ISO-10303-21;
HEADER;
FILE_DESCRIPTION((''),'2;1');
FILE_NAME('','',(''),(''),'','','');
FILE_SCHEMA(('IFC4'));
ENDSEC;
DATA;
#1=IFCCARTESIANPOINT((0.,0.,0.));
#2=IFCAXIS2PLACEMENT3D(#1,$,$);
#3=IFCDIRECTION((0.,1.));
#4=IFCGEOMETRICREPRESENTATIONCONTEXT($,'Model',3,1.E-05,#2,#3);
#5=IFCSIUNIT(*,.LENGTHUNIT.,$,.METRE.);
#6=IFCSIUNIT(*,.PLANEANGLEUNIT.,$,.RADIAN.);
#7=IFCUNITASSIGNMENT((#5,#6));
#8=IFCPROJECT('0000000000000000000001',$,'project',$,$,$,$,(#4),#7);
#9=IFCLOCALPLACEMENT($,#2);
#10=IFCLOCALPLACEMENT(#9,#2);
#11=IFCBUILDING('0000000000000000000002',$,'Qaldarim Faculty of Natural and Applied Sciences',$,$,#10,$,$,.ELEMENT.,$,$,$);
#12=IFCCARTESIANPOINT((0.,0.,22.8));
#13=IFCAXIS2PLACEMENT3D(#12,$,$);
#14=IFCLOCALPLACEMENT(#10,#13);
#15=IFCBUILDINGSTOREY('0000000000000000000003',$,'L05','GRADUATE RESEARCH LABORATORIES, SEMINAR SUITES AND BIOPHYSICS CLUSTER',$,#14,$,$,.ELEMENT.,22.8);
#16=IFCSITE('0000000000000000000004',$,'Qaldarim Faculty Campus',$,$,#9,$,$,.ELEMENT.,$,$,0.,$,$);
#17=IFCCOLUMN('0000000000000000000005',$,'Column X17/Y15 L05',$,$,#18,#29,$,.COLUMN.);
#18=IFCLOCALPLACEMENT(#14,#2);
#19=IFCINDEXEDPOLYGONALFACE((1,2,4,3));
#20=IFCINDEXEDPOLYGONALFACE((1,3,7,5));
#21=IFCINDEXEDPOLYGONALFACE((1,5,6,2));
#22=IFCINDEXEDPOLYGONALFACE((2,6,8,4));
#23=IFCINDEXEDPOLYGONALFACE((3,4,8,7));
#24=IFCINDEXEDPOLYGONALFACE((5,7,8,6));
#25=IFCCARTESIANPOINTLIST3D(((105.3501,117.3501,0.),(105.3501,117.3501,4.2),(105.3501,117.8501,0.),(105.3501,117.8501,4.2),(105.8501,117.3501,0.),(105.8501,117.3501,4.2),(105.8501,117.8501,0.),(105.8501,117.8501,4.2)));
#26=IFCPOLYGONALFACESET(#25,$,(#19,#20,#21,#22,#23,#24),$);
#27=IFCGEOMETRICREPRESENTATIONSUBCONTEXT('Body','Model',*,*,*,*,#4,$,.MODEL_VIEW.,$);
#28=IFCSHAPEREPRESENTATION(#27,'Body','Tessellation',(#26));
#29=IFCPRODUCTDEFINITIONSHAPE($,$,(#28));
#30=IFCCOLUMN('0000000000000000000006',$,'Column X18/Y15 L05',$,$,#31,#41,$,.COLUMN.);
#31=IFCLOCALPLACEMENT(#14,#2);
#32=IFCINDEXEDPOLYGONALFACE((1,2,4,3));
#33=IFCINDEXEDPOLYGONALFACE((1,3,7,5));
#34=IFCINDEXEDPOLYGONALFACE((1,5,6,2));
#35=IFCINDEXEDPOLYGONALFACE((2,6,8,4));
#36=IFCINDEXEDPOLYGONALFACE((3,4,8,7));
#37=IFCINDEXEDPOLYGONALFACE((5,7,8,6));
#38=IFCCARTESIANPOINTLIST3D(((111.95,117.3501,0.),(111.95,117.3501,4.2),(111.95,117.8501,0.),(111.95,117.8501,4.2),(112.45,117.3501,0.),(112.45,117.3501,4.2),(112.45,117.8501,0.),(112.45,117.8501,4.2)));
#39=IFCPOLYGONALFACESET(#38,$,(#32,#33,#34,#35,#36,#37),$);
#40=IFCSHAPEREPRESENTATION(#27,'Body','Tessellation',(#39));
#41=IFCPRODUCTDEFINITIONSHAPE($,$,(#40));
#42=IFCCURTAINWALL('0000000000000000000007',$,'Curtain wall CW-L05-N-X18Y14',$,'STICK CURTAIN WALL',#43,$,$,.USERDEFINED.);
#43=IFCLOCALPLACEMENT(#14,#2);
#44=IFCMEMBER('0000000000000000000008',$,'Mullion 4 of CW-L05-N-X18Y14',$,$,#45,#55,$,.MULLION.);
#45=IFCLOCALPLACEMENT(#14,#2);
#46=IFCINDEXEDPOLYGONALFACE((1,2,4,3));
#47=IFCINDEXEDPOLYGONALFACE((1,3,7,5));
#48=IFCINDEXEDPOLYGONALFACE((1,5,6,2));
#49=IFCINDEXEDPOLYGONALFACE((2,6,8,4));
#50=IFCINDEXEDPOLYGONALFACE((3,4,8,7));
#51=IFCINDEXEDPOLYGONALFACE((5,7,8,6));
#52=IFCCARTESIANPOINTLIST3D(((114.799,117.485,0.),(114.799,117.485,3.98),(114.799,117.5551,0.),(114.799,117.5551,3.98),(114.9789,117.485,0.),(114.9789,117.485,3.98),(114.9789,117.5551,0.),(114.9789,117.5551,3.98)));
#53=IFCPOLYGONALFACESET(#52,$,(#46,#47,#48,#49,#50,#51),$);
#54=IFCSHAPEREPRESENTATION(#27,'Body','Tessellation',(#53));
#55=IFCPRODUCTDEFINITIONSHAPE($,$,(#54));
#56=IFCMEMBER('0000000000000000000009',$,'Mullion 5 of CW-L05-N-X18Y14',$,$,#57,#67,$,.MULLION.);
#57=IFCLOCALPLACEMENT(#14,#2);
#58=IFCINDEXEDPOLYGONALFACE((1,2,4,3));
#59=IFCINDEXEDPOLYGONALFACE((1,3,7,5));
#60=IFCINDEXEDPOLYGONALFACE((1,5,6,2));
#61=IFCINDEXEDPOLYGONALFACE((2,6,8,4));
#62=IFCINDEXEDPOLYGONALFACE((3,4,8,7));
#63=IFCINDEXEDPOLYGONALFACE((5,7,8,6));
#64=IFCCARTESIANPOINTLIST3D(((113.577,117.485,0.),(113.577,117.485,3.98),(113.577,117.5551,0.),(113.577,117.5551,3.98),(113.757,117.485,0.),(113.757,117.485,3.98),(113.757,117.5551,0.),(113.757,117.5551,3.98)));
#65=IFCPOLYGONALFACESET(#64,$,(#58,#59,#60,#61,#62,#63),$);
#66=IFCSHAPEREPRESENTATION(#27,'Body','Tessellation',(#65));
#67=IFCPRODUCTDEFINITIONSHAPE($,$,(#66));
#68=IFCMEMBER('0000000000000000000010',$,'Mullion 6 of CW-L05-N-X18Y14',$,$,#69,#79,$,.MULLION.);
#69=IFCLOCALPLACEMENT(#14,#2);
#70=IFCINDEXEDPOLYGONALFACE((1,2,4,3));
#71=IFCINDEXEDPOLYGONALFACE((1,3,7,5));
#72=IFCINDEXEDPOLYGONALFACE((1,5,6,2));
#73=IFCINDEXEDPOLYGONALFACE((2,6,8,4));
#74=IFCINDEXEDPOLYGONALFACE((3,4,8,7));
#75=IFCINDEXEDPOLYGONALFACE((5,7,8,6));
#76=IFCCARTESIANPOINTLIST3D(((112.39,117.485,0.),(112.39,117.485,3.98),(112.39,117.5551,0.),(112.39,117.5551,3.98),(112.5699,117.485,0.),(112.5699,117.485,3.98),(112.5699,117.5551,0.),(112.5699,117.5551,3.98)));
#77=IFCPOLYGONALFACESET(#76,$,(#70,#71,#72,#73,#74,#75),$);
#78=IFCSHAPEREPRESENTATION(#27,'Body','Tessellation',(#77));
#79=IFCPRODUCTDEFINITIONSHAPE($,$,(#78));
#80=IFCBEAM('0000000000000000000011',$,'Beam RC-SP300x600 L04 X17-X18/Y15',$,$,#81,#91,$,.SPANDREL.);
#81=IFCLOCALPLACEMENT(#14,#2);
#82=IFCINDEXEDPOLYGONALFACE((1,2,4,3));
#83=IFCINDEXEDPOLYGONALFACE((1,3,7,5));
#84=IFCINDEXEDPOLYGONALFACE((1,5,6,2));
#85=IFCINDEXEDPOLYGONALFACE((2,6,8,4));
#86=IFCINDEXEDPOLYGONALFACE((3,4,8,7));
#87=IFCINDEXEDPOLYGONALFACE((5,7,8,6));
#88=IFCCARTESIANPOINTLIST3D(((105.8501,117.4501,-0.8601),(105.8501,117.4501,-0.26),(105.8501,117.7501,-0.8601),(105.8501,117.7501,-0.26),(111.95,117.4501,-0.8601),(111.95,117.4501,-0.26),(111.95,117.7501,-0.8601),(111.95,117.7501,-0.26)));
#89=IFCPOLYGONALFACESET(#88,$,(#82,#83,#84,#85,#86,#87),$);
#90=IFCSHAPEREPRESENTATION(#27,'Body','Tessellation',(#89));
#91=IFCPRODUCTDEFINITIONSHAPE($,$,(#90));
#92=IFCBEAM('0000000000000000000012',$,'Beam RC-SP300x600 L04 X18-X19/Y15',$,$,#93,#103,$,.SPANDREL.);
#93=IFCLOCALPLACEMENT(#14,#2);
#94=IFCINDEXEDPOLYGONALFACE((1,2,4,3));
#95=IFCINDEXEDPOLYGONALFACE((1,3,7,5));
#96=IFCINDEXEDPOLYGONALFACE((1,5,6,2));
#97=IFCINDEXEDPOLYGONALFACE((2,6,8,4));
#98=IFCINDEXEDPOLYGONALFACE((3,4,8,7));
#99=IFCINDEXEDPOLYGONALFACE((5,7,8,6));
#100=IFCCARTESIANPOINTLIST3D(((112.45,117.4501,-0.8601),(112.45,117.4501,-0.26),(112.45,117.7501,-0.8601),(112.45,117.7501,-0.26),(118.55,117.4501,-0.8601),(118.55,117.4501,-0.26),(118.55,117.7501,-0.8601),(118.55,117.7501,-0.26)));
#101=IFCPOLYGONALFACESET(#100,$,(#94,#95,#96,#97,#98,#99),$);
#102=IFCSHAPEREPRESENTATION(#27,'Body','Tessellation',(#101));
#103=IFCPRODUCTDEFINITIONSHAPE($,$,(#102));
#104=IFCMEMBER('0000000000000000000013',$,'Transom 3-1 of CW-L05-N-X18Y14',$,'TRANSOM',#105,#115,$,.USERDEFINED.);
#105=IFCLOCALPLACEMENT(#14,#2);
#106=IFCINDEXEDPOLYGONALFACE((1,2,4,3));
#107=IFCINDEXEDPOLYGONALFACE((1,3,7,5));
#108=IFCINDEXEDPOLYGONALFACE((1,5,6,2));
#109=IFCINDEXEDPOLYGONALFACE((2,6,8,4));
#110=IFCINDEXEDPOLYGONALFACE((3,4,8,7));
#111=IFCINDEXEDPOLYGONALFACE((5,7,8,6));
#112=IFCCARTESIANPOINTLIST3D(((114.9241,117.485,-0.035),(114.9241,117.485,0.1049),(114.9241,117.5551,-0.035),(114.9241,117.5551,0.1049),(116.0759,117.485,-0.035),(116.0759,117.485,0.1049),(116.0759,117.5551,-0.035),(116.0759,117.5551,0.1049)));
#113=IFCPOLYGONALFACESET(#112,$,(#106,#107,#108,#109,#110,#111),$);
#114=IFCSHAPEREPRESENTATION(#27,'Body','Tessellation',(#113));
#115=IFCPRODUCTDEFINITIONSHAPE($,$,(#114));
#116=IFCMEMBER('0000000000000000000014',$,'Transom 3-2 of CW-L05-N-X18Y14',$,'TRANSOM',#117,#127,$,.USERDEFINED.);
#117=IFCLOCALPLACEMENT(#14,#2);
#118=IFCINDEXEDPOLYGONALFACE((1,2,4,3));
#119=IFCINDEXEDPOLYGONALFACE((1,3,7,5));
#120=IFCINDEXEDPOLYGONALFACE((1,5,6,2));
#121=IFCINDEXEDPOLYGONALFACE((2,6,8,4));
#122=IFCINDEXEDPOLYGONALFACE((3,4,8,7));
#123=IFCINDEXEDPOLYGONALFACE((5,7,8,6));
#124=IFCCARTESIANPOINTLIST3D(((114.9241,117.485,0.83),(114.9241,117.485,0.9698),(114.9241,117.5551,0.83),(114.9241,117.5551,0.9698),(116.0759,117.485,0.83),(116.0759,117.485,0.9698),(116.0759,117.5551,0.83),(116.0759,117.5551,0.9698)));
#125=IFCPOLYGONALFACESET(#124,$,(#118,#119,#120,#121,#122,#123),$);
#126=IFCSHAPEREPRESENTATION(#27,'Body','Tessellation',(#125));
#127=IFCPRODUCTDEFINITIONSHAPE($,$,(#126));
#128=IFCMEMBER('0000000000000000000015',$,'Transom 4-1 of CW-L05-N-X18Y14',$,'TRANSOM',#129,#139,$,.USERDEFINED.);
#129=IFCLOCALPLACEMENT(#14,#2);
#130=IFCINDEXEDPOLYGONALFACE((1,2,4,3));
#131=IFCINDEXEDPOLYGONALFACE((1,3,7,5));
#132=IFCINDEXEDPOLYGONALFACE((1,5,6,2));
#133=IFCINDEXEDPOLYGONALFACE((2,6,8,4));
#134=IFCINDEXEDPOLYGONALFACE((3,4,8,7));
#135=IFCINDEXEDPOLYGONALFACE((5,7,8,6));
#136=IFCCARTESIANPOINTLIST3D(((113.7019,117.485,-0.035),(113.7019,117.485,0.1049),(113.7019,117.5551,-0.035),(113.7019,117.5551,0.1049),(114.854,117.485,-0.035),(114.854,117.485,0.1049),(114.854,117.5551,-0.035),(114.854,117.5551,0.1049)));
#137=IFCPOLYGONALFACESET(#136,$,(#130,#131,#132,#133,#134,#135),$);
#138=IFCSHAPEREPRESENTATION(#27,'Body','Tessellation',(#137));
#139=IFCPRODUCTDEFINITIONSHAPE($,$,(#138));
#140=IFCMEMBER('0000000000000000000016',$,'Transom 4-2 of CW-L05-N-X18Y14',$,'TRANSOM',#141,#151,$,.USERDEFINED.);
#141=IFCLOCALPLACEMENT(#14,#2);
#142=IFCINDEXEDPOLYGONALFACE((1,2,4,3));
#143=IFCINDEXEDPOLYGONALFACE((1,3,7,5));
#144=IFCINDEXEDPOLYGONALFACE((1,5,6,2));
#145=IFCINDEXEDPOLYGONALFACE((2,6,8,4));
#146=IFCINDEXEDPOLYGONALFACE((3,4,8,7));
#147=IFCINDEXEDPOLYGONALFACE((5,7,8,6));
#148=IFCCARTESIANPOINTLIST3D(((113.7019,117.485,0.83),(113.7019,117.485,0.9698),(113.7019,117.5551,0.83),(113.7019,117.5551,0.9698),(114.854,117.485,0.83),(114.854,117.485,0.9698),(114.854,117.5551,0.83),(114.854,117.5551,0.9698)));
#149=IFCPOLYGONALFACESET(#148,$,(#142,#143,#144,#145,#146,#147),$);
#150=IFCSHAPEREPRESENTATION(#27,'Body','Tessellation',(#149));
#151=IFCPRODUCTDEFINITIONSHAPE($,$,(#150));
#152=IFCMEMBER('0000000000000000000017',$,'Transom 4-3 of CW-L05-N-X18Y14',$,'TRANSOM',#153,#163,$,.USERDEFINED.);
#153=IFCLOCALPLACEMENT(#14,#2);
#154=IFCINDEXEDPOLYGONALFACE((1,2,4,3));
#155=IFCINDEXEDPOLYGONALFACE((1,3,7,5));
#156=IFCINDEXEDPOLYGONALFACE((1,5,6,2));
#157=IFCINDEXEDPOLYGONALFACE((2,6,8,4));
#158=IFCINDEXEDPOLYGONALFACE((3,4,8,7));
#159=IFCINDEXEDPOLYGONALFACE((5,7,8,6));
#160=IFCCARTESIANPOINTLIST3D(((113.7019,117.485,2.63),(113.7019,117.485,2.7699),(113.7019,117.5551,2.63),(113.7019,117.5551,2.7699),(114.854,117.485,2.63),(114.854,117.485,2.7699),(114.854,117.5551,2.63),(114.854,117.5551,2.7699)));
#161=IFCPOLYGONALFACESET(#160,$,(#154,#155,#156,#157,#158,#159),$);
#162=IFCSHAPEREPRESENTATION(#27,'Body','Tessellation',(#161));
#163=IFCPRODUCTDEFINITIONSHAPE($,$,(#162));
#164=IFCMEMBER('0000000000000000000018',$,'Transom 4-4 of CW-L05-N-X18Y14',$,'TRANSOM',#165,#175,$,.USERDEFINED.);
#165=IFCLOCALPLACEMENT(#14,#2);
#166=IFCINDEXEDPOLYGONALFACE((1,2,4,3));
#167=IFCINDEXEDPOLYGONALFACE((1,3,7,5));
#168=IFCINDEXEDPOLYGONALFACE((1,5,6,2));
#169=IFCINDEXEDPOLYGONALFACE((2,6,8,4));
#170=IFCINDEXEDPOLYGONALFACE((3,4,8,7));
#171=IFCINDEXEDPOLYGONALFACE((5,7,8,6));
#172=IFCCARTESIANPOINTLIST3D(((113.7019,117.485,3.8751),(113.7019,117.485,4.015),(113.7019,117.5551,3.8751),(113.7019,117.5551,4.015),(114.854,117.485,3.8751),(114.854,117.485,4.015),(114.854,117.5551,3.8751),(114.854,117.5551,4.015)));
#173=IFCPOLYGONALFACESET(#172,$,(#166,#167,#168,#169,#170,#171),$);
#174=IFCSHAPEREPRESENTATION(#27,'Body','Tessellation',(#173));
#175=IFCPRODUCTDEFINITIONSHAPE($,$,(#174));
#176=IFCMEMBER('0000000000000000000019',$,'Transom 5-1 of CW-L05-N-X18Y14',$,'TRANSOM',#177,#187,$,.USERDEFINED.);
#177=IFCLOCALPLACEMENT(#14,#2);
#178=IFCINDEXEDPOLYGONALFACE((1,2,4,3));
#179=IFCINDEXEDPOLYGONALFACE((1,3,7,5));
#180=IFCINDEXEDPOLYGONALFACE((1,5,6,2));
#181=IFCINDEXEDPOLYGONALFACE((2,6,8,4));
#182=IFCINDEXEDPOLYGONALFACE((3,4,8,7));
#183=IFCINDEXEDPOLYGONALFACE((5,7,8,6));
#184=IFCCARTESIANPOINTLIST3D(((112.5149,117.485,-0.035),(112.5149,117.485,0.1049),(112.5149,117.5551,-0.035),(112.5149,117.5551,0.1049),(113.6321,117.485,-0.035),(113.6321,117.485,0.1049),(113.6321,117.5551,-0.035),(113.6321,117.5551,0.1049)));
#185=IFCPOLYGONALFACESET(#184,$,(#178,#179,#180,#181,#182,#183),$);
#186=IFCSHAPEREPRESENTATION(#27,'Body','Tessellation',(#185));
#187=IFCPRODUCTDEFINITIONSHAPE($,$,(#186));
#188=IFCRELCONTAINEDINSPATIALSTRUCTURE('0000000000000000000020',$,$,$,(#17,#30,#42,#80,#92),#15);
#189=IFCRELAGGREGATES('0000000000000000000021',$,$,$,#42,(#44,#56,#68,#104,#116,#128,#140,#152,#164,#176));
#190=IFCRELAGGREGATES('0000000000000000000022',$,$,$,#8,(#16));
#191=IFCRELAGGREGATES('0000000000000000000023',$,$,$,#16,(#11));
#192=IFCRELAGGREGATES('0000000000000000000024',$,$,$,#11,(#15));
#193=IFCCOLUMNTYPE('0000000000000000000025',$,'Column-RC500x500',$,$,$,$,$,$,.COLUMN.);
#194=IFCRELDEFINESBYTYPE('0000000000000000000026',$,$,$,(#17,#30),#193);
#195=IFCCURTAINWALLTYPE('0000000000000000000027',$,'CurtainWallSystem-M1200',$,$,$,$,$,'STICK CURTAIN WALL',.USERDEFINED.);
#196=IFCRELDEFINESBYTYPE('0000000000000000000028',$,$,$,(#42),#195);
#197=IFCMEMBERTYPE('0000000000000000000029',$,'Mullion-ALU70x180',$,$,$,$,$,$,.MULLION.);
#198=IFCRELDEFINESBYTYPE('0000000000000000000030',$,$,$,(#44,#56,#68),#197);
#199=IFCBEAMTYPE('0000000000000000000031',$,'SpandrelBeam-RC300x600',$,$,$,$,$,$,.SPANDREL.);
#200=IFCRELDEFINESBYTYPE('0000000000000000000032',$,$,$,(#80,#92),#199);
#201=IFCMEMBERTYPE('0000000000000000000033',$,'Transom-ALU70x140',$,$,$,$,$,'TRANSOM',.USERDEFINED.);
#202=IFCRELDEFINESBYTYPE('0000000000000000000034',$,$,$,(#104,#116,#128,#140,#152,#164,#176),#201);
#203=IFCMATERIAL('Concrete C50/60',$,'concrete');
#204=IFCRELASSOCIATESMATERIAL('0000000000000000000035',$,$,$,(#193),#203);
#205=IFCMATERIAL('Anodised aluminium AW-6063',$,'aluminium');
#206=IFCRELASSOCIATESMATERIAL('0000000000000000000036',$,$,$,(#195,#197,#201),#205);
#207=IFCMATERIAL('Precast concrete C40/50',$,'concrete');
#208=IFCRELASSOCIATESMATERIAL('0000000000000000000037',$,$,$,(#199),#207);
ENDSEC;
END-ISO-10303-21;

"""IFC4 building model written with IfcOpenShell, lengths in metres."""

from ifc_helpers import new_model, si_unit, direction, frame, origin, origin_2d, place, context, subcontext, project, spatial, rectangle, extrude, material, material_profile, profile_set, type_object, element, aggregate, save


model = new_model("IFC4")

# Units and contexts
model_context = context("Model", 3, precision=1e-05, world=origin(), true_north=direction((0.0, 1.0)))
body_context = subcontext(model_context, "Body", "Model", "MODEL_VIEW")
ifc_project = project(units=[si_unit("LENGTHUNIT", "METRE"), si_unit("PLANEANGLEUNIT", "RADIAN")], contexts=[model_context])

# Site, building, storey
site_placement = place(None, origin())
site = spatial("IfcSite", under=ifc_project, at=site_placement, Name="Qaldarim Faculty Campus", CompositionType="ELEMENT", RefElevation=0.0)
building_placement = place(site_placement, origin())
building = spatial("IfcBuilding", under=site, at=building_placement, Name="Qaldarim Faculty of Natural and Applied Sciences", CompositionType="ELEMENT")
storey_placement = place(building_placement, frame((0.0, 0.0, 22.8)))
storey = spatial("IfcBuildingStorey", under=building, at=storey_placement, Name="L05", Description="GRADUATE RESEARCH LABORATORIES, SEMINAR SUITES AND BIOPHYSICS CLUSTER", CompositionType="ELEMENT", Elevation=22.8)

# Columns
ifc_material_1 = material(Name="Concrete C50/60", Category="concrete")
ifc_material_profile_1 = material_profile(ifc_material_1, rectangle(XDim=0.5, YDim=0.5, at=origin_2d()), Name="RC-C500x500")
ifc_profile_set_1 = profile_set([ifc_material_profile_1], Name="Concrete C50/60")
column_type = type_object("IfcColumnType", Name="Column-RC500x500", PredefinedType="COLUMN", material=ifc_profile_set_1)
for number, where, z_axis, x_axis, name in (
    (1, (105.6001, 117.6001, 0.0), (0.0, 0.0, 1.0), (1.0, 0.0, 0.0), "Column X17/Y15 L05"),
    (2, (112.2, 117.6001, 0.0), (0.0, 0.0, 1.0), (1.0, 0.0, 0.0), "Column X18/Y15 L05"),
):
    element("IfcColumn", number, at=place(storey_placement, frame(where, z_axis=z_axis, x_axis=x_axis)), inside=storey, type_object=column_type, Name=name, PredefinedType="COLUMN", context=body_context, shape_type="SweptSolid", body=[
        extrude(rectangle(XDim=0.5, YDim=0.5, at=origin_2d()), origin(), (0.0, 0.0, 1.0), 4.2),
    ])

# Curtain wall, members
ifc_material_2 = material(Name="Anodised aluminium AW-6063", Category="aluminium")
curtain_wall_type = type_object("IfcCurtainWallType", Name="CurtainWallSystem-M1200", ElementType="STICK CURTAIN WALL", PredefinedType="USERDEFINED", material=ifc_material_2)
curtain_wall_placement = place(storey_placement, origin())
curtain_wall = element("IfcCurtainWall", 3, at=curtain_wall_placement, inside=storey, type_object=curtain_wall_type, Name="Curtain wall CW-L05-N-X18Y14", ObjectType="STICK CURTAIN WALL", PredefinedType="USERDEFINED")
ifc_material_profile_2 = material_profile(ifc_material_2, rectangle(XDim=0.0701, YDim=0.1799, at=origin_2d()), Name="ALU-M70x180")
ifc_profile_set_2 = profile_set([ifc_material_profile_2], Name="Anodised aluminium AW-6063")
member_type_1 = type_object("IfcMemberType", Name="Mullion-ALU70x180", PredefinedType="MULLION", material=ifc_profile_set_2)
member_1_placement = place(storey_placement, frame((114.8889, 117.52, 0.0), z_axis=(0.0, 0.0, 1.0), x_axis=(0.0, -1.0, 0.0)))
member_1 = element("IfcMember", 4, at=member_1_placement, type_object=member_type_1, Name="Mullion 4 of CW-L05-N-X18Y14", PredefinedType="MULLION", context=body_context, shape_type="SweptSolid", body=[
    extrude(rectangle(XDim=0.0701, YDim=0.1799, at=origin_2d()), origin(), (0.0, 0.0, 1.0), 3.98),
])
member_2_placement = place(storey_placement, frame((113.667, 117.52, 0.0), z_axis=(0.0, 0.0, 1.0), x_axis=(0.0, -1.0, 0.0)))
member_2 = element("IfcMember", 5, at=member_2_placement, type_object=member_type_1, Name="Mullion 5 of CW-L05-N-X18Y14", PredefinedType="MULLION", context=body_context, shape_type="SweptSolid", body=[
    extrude(rectangle(XDim=0.0701, YDim=0.1799, at=origin_2d()), origin(), (0.0, 0.0, 1.0), 3.98),
])
member_3_placement = place(storey_placement, frame((112.48, 117.52, 0.0), z_axis=(0.0, 0.0, 1.0), x_axis=(0.0, -1.0, 0.0)))
member_3 = element("IfcMember", 6, at=member_3_placement, type_object=member_type_1, Name="Mullion 6 of CW-L05-N-X18Y14", PredefinedType="MULLION", context=body_context, shape_type="SweptSolid", body=[
    extrude(rectangle(XDim=0.0701, YDim=0.1799, at=origin_2d()), origin(), (0.0, 0.0, 1.0), 3.98),
])

# Beams
ifc_material_3 = material(Name="Precast concrete C40/50", Category="concrete")
ifc_material_profile_3 = material_profile(ifc_material_3, rectangle(XDim=0.3, YDim=0.6001, at=origin_2d()), Name="RC-SP300x600")
ifc_profile_set_3 = profile_set([ifc_material_profile_3], Name="Precast concrete C40/50")
beam_type = type_object("IfcBeamType", Name="SpandrelBeam-RC300x600", PredefinedType="SPANDREL", material=ifc_profile_set_3)
beam_1_placement = place(storey_placement, frame((105.8501, 117.6001, -0.5601), z_axis=(1.0, 0.0, 0.0), x_axis=(0.0, 1.0, 0.0)))
element("IfcBeam", 7, at=beam_1_placement, inside=storey, type_object=beam_type, Name="Beam RC-SP300x600 L04 X17-X18/Y15", PredefinedType="SPANDREL", context=body_context, shape_type="SweptSolid", body=[
    extrude(rectangle(XDim=0.3, YDim=0.6001, at=origin_2d()), origin(), (0.0, 0.0, 1.0), 6.0999),
])
beam_2_placement = place(storey_placement, frame((112.45, 117.6001, -0.5601), z_axis=(1.0, 0.0, 0.0), x_axis=(0.0, 1.0, 0.0)))
element("IfcBeam", 8, at=beam_2_placement, inside=storey, type_object=beam_type, Name="Beam RC-SP300x600 L04 X18-X19/Y15", PredefinedType="SPANDREL", context=body_context, shape_type="SweptSolid", body=[
    extrude(rectangle(XDim=0.3, YDim=0.6001, at=origin_2d()), origin(), (0.0, 0.0, 1.0), 6.1001),
])

# Members
ifc_material_profile_4 = material_profile(ifc_material_2, rectangle(XDim=0.0701, YDim=0.1399, at=origin_2d()), Name="ALU-T70x140")
ifc_profile_set_4 = profile_set([ifc_material_profile_4], Name="Anodised aluminium AW-6063")
member_type_2 = type_object("IfcMemberType", Name="Transom-ALU70x140", ElementType="TRANSOM", PredefinedType="USERDEFINED", material=ifc_profile_set_4)
member_4_placement = place(storey_placement, frame((116.0759, 117.52, 0.0349), z_axis=(-1.0, 0.0, 0.0), x_axis=(0.0, -1.0, 0.0)))
member_4 = element("IfcMember", 9, at=member_4_placement, type_object=member_type_2, Name="Transom 3-1 of CW-L05-N-X18Y14", ObjectType="TRANSOM", PredefinedType="USERDEFINED", context=body_context, shape_type="SweptSolid", body=[
    extrude(rectangle(XDim=0.0701, YDim=0.1399, at=origin_2d()), origin(), (0.0, 0.0, 1.0), 1.1519),
])
member_5_placement = place(storey_placement, frame((116.0759, 117.52, 0.8999), z_axis=(-1.0, 0.0, 0.0), x_axis=(0.0, -1.0, 0.0)))
member_5 = element("IfcMember", 10, at=member_5_placement, type_object=member_type_2, Name="Transom 3-2 of CW-L05-N-X18Y14", ObjectType="TRANSOM", PredefinedType="USERDEFINED", context=body_context, shape_type="SweptSolid", body=[
    extrude(rectangle(XDim=0.0701, YDim=0.1399, at=origin_2d()), origin(), (0.0, 0.0, 1.0), 1.1519),
])
member_6_placement = place(storey_placement, frame((114.854, 117.52, 0.0349), z_axis=(-1.0, 0.0, 0.0), x_axis=(0.0, -1.0, 0.0)))
member_6 = element("IfcMember", 11, at=member_6_placement, type_object=member_type_2, Name="Transom 4-1 of CW-L05-N-X18Y14", ObjectType="TRANSOM", PredefinedType="USERDEFINED", context=body_context, shape_type="SweptSolid", body=[
    extrude(rectangle(XDim=0.0701, YDim=0.1399, at=origin_2d()), origin(), (0.0, 0.0, 1.0), 1.1521),
])
member_7_placement = place(storey_placement, frame((114.854, 117.52, 0.8999), z_axis=(-1.0, 0.0, 0.0), x_axis=(0.0, -1.0, 0.0)))
member_7 = element("IfcMember", 12, at=member_7_placement, type_object=member_type_2, Name="Transom 4-2 of CW-L05-N-X18Y14", ObjectType="TRANSOM", PredefinedType="USERDEFINED", context=body_context, shape_type="SweptSolid", body=[
    extrude(rectangle(XDim=0.0701, YDim=0.1399, at=origin_2d()), origin(), (0.0, 0.0, 1.0), 1.1521),
])
member_8_placement = place(storey_placement, frame((114.854, 117.52, 2.7), z_axis=(-1.0, 0.0, 0.0), x_axis=(0.0, -1.0, 0.0)))
member_8 = element("IfcMember", 13, at=member_8_placement, type_object=member_type_2, Name="Transom 4-3 of CW-L05-N-X18Y14", ObjectType="TRANSOM", PredefinedType="USERDEFINED", context=body_context, shape_type="SweptSolid", body=[
    extrude(rectangle(XDim=0.0701, YDim=0.1399, at=origin_2d()), origin(), (0.0, 0.0, 1.0), 1.1521),
])
member_9_placement = place(storey_placement, frame((114.854, 117.52, 3.9451), z_axis=(-1.0, 0.0, 0.0), x_axis=(0.0, -1.0, 0.0)))
member_9 = element("IfcMember", 14, at=member_9_placement, type_object=member_type_2, Name="Transom 4-4 of CW-L05-N-X18Y14", ObjectType="TRANSOM", PredefinedType="USERDEFINED", context=body_context, shape_type="SweptSolid", body=[
    extrude(rectangle(XDim=0.0701, YDim=0.1399, at=origin_2d()), origin(), (0.0, 0.0, 1.0), 1.1521),
])
member_10_placement = place(storey_placement, frame((113.6321, 117.52, 0.0349), z_axis=(-1.0, 0.0, 0.0), x_axis=(0.0, -1.0, 0.0)))
member_10 = element("IfcMember", 15, at=member_10_placement, type_object=member_type_2, Name="Transom 5-1 of CW-L05-N-X18Y14", ObjectType="TRANSOM", PredefinedType="USERDEFINED", context=body_context, shape_type="SweptSolid", body=[
    extrude(rectangle(XDim=0.0701, YDim=0.1399, at=origin_2d()), origin(), (0.0, 0.0, 1.0), 1.1172),
])

aggregate(curtain_wall, [member_1, member_2, member_3, member_4, member_5, member_6, member_7, member_8, member_9, member_10])

save(model, "model.ifc")
